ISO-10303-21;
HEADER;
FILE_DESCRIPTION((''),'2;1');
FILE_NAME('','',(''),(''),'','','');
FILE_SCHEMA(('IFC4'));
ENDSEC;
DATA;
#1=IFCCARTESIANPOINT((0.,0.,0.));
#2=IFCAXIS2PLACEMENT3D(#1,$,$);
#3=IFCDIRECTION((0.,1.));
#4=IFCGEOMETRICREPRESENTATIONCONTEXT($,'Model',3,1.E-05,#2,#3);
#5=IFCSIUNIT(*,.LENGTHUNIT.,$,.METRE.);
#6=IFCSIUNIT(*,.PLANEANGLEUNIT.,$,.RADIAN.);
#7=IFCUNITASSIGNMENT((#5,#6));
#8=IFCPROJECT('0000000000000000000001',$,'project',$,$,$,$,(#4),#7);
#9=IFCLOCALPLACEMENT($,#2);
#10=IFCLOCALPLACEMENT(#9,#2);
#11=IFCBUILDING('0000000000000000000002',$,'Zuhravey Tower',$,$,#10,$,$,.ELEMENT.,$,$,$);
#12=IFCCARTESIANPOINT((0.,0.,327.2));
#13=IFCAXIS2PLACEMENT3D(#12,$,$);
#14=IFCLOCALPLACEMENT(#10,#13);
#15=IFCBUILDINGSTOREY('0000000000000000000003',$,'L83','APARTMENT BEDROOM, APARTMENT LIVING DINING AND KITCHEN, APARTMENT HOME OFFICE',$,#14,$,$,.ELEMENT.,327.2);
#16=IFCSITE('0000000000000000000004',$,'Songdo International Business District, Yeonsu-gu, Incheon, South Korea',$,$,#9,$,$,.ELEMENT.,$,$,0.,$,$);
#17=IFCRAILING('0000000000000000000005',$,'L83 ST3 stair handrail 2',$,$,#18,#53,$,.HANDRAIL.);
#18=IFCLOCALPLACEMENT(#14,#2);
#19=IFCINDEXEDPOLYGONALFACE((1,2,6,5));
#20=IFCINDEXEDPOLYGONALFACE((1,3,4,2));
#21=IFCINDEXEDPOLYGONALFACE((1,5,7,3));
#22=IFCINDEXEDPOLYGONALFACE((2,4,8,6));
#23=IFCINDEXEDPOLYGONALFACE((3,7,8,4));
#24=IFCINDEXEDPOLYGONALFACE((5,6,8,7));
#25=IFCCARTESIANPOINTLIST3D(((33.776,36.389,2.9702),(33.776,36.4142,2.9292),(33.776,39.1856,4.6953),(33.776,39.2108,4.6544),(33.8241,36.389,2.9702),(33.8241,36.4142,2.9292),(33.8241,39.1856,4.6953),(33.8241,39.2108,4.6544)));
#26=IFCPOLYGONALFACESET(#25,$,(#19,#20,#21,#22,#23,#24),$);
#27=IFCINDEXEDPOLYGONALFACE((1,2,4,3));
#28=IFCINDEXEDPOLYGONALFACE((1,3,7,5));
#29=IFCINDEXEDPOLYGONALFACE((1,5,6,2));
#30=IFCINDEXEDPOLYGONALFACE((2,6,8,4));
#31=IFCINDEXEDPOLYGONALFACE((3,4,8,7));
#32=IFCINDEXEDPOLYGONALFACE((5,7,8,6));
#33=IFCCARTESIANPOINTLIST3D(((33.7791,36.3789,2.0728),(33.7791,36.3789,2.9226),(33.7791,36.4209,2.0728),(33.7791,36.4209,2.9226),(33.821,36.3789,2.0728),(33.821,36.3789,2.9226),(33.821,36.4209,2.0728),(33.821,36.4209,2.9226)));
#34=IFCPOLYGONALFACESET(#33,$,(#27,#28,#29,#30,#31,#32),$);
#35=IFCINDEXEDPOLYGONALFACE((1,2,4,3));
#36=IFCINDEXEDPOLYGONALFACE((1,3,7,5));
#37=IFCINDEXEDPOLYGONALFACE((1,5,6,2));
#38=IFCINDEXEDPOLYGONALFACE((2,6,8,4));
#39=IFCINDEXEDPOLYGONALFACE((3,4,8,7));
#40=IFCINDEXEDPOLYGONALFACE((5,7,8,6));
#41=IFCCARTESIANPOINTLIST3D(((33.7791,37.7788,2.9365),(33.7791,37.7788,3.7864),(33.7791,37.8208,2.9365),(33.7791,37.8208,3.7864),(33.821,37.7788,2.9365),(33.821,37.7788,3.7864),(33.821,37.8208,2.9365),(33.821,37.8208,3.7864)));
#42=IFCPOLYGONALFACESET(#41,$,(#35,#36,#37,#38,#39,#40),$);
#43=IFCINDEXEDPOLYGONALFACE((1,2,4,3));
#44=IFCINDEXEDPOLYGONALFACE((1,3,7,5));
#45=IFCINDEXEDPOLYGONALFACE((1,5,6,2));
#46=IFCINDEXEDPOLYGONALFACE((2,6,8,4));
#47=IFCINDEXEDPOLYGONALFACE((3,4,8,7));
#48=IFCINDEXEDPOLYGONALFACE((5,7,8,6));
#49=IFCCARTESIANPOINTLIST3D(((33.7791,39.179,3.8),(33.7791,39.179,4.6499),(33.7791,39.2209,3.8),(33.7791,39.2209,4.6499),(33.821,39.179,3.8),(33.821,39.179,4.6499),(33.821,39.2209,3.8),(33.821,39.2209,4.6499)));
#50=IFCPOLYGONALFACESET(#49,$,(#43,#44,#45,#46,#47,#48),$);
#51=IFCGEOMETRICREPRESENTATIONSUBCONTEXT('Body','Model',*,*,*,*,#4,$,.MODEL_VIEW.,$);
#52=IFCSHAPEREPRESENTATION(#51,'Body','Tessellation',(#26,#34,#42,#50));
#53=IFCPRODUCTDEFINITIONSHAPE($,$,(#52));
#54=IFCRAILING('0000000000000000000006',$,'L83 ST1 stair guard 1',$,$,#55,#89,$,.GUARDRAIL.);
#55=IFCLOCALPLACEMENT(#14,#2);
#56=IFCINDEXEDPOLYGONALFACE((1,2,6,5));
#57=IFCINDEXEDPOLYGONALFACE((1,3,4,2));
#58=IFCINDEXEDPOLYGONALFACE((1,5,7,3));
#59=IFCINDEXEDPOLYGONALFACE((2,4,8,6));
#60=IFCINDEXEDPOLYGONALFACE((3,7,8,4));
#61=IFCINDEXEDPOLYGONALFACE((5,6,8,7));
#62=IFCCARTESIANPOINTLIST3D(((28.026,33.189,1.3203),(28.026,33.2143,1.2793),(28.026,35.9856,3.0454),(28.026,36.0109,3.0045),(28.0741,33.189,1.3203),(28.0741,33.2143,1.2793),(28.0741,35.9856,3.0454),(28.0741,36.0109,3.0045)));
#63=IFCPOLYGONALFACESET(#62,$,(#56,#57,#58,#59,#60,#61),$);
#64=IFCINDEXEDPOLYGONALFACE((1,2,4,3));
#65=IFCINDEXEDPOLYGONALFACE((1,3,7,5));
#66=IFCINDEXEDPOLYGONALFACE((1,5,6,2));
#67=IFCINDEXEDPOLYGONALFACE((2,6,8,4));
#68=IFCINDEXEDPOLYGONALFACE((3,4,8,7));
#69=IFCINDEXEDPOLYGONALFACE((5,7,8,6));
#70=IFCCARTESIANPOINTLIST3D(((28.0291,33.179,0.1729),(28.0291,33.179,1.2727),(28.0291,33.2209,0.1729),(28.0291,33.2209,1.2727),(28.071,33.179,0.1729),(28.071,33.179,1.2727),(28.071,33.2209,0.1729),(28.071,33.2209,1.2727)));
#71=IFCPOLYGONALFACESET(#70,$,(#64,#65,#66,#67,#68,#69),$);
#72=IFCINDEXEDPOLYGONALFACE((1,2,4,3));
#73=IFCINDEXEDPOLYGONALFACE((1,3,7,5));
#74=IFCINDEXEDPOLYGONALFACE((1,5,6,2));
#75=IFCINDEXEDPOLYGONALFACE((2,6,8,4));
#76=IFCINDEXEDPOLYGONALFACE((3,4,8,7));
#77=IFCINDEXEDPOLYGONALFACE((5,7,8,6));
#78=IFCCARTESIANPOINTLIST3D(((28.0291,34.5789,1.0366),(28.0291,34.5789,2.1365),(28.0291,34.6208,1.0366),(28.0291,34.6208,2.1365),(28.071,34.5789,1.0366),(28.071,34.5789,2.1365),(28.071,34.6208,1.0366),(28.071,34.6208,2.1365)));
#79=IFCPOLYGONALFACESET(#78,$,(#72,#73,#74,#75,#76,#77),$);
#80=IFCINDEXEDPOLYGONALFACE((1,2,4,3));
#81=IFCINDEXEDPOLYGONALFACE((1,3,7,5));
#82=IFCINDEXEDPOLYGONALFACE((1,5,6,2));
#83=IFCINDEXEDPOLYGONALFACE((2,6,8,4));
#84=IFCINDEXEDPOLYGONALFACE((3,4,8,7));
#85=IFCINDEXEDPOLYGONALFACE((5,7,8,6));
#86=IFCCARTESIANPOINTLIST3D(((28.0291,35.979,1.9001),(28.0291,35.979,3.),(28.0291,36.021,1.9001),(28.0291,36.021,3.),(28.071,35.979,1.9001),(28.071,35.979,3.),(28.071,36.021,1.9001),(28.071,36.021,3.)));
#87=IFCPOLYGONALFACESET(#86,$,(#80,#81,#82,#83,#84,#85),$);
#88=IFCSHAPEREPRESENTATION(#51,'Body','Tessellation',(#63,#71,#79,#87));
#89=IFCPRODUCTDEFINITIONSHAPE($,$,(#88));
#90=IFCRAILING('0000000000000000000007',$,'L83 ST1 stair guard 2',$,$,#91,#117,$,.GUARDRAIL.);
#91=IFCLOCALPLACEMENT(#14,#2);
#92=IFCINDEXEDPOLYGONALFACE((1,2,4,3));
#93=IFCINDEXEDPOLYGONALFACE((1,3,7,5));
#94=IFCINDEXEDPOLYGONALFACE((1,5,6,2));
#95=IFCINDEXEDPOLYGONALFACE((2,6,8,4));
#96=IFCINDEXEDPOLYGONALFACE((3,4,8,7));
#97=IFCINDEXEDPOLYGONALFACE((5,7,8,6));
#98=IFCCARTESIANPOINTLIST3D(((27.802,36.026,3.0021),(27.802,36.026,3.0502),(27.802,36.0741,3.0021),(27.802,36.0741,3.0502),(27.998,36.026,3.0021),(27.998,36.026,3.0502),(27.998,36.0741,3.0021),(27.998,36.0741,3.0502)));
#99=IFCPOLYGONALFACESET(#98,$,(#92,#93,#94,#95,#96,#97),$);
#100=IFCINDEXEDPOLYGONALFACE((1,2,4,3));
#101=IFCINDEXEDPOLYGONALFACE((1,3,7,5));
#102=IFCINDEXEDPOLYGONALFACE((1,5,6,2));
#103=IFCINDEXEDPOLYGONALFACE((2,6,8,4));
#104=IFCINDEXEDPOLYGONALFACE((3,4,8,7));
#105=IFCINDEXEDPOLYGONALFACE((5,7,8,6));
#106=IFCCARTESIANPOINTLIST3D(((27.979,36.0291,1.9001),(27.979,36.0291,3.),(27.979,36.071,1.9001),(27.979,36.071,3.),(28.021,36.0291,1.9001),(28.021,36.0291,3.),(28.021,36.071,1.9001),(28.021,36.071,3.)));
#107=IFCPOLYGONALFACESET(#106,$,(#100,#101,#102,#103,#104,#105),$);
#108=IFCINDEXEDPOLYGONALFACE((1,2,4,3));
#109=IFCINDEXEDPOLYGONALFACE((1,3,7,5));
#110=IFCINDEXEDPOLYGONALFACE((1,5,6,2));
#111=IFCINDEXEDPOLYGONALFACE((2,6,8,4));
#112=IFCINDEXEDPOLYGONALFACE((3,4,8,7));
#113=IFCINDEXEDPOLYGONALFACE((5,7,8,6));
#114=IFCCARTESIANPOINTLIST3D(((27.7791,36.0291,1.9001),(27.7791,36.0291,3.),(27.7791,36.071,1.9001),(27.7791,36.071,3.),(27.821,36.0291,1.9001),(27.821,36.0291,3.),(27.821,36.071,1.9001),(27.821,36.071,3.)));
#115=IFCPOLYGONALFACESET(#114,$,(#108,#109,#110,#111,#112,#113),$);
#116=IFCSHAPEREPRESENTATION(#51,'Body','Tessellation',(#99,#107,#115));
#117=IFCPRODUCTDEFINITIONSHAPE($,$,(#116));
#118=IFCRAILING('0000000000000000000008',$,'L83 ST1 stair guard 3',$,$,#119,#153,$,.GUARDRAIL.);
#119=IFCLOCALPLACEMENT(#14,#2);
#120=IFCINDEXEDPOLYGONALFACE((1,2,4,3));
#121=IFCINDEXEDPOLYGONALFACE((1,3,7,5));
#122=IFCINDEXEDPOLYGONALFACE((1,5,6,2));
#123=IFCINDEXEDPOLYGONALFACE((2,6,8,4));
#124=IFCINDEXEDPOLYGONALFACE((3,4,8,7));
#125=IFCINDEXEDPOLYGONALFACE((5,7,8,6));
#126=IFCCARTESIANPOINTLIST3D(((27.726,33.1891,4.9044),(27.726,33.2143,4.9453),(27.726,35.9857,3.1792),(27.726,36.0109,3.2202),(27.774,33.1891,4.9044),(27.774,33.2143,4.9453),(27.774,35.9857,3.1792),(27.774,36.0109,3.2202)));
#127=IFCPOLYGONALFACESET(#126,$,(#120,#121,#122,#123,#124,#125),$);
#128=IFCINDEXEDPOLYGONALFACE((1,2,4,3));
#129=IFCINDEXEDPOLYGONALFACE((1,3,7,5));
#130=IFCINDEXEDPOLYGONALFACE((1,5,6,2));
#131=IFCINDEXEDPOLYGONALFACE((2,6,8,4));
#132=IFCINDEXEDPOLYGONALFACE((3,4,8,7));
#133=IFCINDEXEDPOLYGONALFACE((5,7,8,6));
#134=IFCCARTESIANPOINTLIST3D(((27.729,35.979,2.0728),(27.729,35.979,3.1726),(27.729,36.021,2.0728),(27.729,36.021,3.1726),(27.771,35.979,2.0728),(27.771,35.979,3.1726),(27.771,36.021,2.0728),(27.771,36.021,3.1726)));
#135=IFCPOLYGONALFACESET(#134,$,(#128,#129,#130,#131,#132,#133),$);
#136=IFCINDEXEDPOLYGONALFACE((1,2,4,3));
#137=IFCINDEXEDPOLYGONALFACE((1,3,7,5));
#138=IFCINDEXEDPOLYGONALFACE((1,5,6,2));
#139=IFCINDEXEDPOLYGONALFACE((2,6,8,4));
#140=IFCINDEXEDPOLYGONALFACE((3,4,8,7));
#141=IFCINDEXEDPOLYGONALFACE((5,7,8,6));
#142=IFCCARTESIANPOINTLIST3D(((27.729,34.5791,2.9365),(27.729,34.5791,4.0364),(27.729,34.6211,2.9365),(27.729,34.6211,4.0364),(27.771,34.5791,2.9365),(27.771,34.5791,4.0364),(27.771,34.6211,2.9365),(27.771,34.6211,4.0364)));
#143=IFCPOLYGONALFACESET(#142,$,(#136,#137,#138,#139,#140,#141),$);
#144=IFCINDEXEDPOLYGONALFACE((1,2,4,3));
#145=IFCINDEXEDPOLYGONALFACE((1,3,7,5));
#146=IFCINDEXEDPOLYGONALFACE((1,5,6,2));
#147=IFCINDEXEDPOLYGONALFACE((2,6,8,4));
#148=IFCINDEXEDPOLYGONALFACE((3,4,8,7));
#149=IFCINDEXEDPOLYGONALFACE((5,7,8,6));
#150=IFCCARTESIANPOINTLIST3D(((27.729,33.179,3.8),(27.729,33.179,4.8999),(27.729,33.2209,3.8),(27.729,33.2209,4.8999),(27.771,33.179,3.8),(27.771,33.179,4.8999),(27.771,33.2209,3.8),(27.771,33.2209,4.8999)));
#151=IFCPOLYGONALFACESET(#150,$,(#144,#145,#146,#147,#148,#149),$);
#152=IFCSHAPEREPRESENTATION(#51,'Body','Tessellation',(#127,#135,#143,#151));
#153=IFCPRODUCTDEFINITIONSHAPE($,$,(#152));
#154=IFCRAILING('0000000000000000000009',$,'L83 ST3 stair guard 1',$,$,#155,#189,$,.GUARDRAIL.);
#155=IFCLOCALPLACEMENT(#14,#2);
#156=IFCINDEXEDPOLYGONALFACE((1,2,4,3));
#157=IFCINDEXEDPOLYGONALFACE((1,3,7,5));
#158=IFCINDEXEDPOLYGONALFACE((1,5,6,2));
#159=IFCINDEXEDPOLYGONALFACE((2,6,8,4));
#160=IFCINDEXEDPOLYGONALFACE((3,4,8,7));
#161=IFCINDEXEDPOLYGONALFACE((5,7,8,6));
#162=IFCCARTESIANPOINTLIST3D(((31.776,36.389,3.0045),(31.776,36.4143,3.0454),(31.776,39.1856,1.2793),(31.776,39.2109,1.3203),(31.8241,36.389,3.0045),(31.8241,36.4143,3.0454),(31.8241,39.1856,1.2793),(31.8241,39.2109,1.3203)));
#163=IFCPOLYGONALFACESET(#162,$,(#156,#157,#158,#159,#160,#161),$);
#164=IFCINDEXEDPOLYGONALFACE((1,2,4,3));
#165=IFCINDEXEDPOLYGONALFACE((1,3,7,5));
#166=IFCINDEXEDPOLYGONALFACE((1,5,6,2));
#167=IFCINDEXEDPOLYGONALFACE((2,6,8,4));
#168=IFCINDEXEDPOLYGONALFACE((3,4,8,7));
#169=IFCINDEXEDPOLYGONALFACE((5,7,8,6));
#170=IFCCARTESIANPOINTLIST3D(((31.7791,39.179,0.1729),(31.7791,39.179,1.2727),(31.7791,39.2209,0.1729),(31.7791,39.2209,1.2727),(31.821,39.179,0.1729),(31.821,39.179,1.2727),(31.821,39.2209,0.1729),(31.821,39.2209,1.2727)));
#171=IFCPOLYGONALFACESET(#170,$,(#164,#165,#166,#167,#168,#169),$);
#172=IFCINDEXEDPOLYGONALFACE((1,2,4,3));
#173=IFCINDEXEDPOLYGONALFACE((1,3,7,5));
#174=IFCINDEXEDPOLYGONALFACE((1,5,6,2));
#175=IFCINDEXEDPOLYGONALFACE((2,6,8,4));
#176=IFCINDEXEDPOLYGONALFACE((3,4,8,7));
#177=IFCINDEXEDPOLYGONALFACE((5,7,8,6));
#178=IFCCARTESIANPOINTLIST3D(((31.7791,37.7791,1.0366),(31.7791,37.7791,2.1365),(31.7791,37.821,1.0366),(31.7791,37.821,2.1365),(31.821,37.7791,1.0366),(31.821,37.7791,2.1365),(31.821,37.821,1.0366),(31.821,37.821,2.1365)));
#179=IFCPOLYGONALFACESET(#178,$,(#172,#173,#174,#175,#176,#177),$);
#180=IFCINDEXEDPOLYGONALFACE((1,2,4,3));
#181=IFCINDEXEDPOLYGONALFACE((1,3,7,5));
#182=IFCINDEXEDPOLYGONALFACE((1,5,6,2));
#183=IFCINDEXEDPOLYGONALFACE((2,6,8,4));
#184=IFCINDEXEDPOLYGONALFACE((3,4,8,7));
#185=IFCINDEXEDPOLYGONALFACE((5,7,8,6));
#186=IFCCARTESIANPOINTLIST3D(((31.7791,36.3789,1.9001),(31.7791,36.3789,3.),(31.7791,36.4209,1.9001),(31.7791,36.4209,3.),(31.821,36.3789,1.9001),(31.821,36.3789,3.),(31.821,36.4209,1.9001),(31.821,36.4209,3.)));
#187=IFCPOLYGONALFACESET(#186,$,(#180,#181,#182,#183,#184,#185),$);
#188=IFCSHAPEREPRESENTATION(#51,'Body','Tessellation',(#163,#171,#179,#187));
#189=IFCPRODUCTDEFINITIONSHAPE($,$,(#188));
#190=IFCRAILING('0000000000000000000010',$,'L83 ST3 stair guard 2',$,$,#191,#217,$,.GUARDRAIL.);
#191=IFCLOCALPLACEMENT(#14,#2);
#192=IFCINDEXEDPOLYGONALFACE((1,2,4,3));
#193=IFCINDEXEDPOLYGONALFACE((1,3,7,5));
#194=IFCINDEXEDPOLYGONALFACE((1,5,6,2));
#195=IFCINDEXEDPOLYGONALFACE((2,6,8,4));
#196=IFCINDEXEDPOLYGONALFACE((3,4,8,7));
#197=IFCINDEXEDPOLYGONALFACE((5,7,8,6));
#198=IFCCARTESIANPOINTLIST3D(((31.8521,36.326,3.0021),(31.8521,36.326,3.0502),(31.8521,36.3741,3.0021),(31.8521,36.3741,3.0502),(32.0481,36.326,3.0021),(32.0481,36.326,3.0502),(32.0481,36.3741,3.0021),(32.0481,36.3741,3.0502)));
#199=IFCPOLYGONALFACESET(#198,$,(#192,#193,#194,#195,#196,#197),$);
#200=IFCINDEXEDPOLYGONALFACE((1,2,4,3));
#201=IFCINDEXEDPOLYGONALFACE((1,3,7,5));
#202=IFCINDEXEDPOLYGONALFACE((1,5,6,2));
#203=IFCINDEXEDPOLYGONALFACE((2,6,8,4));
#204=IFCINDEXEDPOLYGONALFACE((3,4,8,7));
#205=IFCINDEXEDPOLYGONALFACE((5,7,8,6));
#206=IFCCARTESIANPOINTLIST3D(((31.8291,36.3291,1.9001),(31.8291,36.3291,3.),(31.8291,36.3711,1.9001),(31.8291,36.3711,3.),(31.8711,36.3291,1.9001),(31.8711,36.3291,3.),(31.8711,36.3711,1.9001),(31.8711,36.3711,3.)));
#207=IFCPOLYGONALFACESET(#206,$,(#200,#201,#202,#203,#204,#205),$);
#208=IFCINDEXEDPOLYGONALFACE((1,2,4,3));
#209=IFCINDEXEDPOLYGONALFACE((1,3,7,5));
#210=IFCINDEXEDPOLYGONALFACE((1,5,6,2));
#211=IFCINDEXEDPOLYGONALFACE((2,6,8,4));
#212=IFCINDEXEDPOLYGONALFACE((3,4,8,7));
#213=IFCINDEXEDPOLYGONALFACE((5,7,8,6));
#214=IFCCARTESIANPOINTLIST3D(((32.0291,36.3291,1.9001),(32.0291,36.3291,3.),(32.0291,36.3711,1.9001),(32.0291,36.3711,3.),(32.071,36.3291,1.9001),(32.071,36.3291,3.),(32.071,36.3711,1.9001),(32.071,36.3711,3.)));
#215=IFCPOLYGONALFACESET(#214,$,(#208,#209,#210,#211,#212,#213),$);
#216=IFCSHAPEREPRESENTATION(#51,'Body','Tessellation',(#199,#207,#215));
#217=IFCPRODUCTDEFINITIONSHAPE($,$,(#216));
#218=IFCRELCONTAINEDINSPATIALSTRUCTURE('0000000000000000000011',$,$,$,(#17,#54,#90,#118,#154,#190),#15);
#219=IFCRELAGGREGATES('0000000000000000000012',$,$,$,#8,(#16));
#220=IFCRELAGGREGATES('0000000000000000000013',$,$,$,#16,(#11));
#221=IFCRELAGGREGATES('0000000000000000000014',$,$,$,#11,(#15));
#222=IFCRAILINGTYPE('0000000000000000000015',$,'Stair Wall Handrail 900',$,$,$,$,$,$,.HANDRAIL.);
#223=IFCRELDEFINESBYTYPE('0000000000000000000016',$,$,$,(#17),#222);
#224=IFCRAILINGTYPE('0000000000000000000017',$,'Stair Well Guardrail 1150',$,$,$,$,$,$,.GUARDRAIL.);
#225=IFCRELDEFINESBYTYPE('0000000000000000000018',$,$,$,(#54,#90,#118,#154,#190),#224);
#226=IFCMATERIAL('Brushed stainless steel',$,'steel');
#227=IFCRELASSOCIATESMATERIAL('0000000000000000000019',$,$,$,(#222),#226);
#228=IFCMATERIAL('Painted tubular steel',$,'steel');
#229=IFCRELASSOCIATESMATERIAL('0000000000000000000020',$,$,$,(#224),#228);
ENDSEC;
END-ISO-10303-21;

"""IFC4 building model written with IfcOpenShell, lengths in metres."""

from ifc_helpers import new_model, si_unit, direction, frame, origin, origin_2d, place, context, subcontext, project, spatial, rectangle, extrude, material, type_object, element, save


model = new_model("IFC4")

# Units and contexts
model_context = context("Model", 3, precision=1e-05, world=origin(), true_north=direction((0.0, 1.0)))
body_context = subcontext(model_context, "Body", "Model", "MODEL_VIEW")
ifc_project = project(units=[si_unit("LENGTHUNIT", "METRE"), si_unit("PLANEANGLEUNIT", "RADIAN")], contexts=[model_context])

# Site, building, storey
site_placement = place(None, origin())
site = spatial("IfcSite", under=ifc_project, at=site_placement, Name="Songdo International Business District, Yeonsu-gu, Incheon, South Korea", CompositionType="ELEMENT", RefElevation=0.0)
building_placement = place(site_placement, origin())
building = spatial("IfcBuilding", under=site, at=building_placement, Name="Zuhravey Tower", CompositionType="ELEMENT")
storey_placement = place(building_placement, frame((0.0, 0.0, 327.2)))
storey = spatial("IfcBuildingStorey", under=building, at=storey_placement, Name="L83", Description="APARTMENT BEDROOM, APARTMENT LIVING DINING AND KITCHEN, APARTMENT HOME OFFICE", CompositionType="ELEMENT", Elevation=327.2)

# Railings
ifc_material_1 = material(Name="Brushed stainless steel", Category="steel")
railing_type_1 = type_object("IfcRailingType", Name="Stair Wall Handrail 900", PredefinedType="HANDRAIL", material=ifc_material_1)
railing_1_placement = place(storey_placement, frame((33.8, 36.3999, 2.0728)))
element("IfcRailing", 1, at=railing_1_placement, inside=storey, type_object=railing_type_1, Name="L83 ST3 stair handrail 2", PredefinedType="HANDRAIL", context=body_context, shape_type="SweptSolid", body=[
    extrude(rectangle(XDim=0.0481, YDim=0.0481, at=origin_2d()), frame((0.0, 0.0017, 0.877), z_axis=(0.0, 0.85109, 0.52502), x_axis=(-1.0, 0.0, 0.0)), (0.0, 0.0, 1.0), 3.2859),
    extrude(rectangle(XDim=0.042, YDim=0.042, at=origin_2d()), origin(), (0.0, 0.0, 1.0), 0.8499),
    extrude(rectangle(XDim=0.042, YDim=0.042, at=origin_2d()), frame((0.0, 1.3999, 0.8638)), (0.0, 0.0, 1.0), 0.8499),
    extrude(rectangle(XDim=0.042, YDim=0.042, at=origin_2d()), frame((0.0, 2.8, 1.7273)), (0.0, 0.0, 1.0), 0.8499),
])
ifc_material_2 = material(Name="Painted tubular steel", Category="steel")
railing_type_2 = type_object("IfcRailingType", Name="Stair Well Guardrail 1150", PredefinedType="GUARDRAIL", material=ifc_material_2)
railing_2_placement = place(storey_placement, frame((28.05, 33.2, 0.1729)))
element("IfcRailing", 2, at=railing_2_placement, inside=storey, type_object=railing_type_2, Name="L83 ST1 stair guard 1", PredefinedType="GUARDRAIL", context=body_context, shape_type="SweptSolid", body=[
    extrude(rectangle(XDim=0.0481, YDim=0.0481, at=origin_2d()), frame((0.0, 0.0017, 1.127), z_axis=(0.0, 0.85109, 0.52502), x_axis=(-1.0, 0.0, 0.0)), (0.0, 0.0, 1.0), 3.2859),
    extrude(rectangle(XDim=0.042, YDim=0.042, at=origin_2d()), origin(), (0.0, 0.0, 1.0), 1.0999),
    extrude(rectangle(XDim=0.042, YDim=0.042, at=origin_2d()), frame((0.0, 1.3999, 0.8638)), (0.0, 0.0, 1.0), 1.0999),
    extrude(rectangle(XDim=0.042, YDim=0.042, at=origin_2d()), frame((0.0, 2.8, 1.7273)), (0.0, 0.0, 1.0), 1.0999),
])
railing_3_placement = place(storey_placement, frame((28.0, 36.05, 1.9001)))
element("IfcRailing", 3, at=railing_3_placement, inside=storey, type_object=railing_type_2, Name="L83 ST1 stair guard 2", PredefinedType="GUARDRAIL", context=body_context, shape_type="SweptSolid", body=[
    extrude(rectangle(XDim=0.0481, YDim=0.0481, at=origin_2d()), frame((-0.002, 0.0, 1.126), z_axis=(-1.0, 0.0, 0.0), x_axis=(0.0, -1.0, 0.0)), (0.0, 0.0, 1.0), 0.196),
    extrude(rectangle(XDim=0.042, YDim=0.042, at=origin_2d()), origin(), (0.0, 0.0, 1.0), 1.0999),
    extrude(rectangle(XDim=0.042, YDim=0.042, at=origin_2d()), frame((-0.2, 0.0, 0.0)), (0.0, 0.0, 1.0), 1.0999),
])
for number, where, name in (
    (4, (27.75, 36.0, 2.0728), "L83 ST1 stair guard 3"),
    (5, (31.8, 39.2, 0.1729), "L83 ST3 stair guard 1"),
):
    element("IfcRailing", number, at=place(storey_placement, frame(where)), inside=storey, type_object=railing_type_2, Name=name, PredefinedType="GUARDRAIL", context=body_context, shape_type="SweptSolid", body=[
        extrude(rectangle(XDim=0.0481, YDim=0.0481, at=origin_2d()), frame((0.0, -0.0017, 1.127), z_axis=(0.0, -0.85109, 0.52502), x_axis=(1.0, 0.0, 0.0)), (0.0, 0.0, 1.0), 3.2859),
        extrude(rectangle(XDim=0.042, YDim=0.042, at=origin_2d()), origin(), (0.0, 0.0, 1.0), 1.0999),
        extrude(rectangle(XDim=0.042, YDim=0.042, at=origin_2d()), frame((0.0, -1.3999, 0.8638)), (0.0, 0.0, 1.0), 1.0999),
        extrude(rectangle(XDim=0.042, YDim=0.042, at=origin_2d()), frame((0.0, -2.8, 1.7273)), (0.0, 0.0, 1.0), 1.0999),
    ])
railing_4_placement = place(storey_placement, frame((31.8501, 36.3501, 1.9001)))
element("IfcRailing", 6, at=railing_4_placement, inside=storey, type_object=railing_type_2, Name="L83 ST3 stair guard 2", PredefinedType="GUARDRAIL", context=body_context, shape_type="SweptSolid", body=[
    extrude(rectangle(XDim=0.0481, YDim=0.0481, at=origin_2d()), frame((0.002, 0.0, 1.126), z_axis=(1.0, 0.0, 0.0), x_axis=(0.0, 1.0, 0.0)), (0.0, 0.0, 1.0), 0.196),
    extrude(rectangle(XDim=0.042, YDim=0.042, at=origin_2d()), origin(), (0.0, 0.0, 1.0), 1.0999),
    extrude(rectangle(XDim=0.042, YDim=0.042, at=origin_2d()), frame((0.2, 0.0, 0.0)), (0.0, 0.0, 1.0), 1.0999),
])

save(model, "model.ifc")
